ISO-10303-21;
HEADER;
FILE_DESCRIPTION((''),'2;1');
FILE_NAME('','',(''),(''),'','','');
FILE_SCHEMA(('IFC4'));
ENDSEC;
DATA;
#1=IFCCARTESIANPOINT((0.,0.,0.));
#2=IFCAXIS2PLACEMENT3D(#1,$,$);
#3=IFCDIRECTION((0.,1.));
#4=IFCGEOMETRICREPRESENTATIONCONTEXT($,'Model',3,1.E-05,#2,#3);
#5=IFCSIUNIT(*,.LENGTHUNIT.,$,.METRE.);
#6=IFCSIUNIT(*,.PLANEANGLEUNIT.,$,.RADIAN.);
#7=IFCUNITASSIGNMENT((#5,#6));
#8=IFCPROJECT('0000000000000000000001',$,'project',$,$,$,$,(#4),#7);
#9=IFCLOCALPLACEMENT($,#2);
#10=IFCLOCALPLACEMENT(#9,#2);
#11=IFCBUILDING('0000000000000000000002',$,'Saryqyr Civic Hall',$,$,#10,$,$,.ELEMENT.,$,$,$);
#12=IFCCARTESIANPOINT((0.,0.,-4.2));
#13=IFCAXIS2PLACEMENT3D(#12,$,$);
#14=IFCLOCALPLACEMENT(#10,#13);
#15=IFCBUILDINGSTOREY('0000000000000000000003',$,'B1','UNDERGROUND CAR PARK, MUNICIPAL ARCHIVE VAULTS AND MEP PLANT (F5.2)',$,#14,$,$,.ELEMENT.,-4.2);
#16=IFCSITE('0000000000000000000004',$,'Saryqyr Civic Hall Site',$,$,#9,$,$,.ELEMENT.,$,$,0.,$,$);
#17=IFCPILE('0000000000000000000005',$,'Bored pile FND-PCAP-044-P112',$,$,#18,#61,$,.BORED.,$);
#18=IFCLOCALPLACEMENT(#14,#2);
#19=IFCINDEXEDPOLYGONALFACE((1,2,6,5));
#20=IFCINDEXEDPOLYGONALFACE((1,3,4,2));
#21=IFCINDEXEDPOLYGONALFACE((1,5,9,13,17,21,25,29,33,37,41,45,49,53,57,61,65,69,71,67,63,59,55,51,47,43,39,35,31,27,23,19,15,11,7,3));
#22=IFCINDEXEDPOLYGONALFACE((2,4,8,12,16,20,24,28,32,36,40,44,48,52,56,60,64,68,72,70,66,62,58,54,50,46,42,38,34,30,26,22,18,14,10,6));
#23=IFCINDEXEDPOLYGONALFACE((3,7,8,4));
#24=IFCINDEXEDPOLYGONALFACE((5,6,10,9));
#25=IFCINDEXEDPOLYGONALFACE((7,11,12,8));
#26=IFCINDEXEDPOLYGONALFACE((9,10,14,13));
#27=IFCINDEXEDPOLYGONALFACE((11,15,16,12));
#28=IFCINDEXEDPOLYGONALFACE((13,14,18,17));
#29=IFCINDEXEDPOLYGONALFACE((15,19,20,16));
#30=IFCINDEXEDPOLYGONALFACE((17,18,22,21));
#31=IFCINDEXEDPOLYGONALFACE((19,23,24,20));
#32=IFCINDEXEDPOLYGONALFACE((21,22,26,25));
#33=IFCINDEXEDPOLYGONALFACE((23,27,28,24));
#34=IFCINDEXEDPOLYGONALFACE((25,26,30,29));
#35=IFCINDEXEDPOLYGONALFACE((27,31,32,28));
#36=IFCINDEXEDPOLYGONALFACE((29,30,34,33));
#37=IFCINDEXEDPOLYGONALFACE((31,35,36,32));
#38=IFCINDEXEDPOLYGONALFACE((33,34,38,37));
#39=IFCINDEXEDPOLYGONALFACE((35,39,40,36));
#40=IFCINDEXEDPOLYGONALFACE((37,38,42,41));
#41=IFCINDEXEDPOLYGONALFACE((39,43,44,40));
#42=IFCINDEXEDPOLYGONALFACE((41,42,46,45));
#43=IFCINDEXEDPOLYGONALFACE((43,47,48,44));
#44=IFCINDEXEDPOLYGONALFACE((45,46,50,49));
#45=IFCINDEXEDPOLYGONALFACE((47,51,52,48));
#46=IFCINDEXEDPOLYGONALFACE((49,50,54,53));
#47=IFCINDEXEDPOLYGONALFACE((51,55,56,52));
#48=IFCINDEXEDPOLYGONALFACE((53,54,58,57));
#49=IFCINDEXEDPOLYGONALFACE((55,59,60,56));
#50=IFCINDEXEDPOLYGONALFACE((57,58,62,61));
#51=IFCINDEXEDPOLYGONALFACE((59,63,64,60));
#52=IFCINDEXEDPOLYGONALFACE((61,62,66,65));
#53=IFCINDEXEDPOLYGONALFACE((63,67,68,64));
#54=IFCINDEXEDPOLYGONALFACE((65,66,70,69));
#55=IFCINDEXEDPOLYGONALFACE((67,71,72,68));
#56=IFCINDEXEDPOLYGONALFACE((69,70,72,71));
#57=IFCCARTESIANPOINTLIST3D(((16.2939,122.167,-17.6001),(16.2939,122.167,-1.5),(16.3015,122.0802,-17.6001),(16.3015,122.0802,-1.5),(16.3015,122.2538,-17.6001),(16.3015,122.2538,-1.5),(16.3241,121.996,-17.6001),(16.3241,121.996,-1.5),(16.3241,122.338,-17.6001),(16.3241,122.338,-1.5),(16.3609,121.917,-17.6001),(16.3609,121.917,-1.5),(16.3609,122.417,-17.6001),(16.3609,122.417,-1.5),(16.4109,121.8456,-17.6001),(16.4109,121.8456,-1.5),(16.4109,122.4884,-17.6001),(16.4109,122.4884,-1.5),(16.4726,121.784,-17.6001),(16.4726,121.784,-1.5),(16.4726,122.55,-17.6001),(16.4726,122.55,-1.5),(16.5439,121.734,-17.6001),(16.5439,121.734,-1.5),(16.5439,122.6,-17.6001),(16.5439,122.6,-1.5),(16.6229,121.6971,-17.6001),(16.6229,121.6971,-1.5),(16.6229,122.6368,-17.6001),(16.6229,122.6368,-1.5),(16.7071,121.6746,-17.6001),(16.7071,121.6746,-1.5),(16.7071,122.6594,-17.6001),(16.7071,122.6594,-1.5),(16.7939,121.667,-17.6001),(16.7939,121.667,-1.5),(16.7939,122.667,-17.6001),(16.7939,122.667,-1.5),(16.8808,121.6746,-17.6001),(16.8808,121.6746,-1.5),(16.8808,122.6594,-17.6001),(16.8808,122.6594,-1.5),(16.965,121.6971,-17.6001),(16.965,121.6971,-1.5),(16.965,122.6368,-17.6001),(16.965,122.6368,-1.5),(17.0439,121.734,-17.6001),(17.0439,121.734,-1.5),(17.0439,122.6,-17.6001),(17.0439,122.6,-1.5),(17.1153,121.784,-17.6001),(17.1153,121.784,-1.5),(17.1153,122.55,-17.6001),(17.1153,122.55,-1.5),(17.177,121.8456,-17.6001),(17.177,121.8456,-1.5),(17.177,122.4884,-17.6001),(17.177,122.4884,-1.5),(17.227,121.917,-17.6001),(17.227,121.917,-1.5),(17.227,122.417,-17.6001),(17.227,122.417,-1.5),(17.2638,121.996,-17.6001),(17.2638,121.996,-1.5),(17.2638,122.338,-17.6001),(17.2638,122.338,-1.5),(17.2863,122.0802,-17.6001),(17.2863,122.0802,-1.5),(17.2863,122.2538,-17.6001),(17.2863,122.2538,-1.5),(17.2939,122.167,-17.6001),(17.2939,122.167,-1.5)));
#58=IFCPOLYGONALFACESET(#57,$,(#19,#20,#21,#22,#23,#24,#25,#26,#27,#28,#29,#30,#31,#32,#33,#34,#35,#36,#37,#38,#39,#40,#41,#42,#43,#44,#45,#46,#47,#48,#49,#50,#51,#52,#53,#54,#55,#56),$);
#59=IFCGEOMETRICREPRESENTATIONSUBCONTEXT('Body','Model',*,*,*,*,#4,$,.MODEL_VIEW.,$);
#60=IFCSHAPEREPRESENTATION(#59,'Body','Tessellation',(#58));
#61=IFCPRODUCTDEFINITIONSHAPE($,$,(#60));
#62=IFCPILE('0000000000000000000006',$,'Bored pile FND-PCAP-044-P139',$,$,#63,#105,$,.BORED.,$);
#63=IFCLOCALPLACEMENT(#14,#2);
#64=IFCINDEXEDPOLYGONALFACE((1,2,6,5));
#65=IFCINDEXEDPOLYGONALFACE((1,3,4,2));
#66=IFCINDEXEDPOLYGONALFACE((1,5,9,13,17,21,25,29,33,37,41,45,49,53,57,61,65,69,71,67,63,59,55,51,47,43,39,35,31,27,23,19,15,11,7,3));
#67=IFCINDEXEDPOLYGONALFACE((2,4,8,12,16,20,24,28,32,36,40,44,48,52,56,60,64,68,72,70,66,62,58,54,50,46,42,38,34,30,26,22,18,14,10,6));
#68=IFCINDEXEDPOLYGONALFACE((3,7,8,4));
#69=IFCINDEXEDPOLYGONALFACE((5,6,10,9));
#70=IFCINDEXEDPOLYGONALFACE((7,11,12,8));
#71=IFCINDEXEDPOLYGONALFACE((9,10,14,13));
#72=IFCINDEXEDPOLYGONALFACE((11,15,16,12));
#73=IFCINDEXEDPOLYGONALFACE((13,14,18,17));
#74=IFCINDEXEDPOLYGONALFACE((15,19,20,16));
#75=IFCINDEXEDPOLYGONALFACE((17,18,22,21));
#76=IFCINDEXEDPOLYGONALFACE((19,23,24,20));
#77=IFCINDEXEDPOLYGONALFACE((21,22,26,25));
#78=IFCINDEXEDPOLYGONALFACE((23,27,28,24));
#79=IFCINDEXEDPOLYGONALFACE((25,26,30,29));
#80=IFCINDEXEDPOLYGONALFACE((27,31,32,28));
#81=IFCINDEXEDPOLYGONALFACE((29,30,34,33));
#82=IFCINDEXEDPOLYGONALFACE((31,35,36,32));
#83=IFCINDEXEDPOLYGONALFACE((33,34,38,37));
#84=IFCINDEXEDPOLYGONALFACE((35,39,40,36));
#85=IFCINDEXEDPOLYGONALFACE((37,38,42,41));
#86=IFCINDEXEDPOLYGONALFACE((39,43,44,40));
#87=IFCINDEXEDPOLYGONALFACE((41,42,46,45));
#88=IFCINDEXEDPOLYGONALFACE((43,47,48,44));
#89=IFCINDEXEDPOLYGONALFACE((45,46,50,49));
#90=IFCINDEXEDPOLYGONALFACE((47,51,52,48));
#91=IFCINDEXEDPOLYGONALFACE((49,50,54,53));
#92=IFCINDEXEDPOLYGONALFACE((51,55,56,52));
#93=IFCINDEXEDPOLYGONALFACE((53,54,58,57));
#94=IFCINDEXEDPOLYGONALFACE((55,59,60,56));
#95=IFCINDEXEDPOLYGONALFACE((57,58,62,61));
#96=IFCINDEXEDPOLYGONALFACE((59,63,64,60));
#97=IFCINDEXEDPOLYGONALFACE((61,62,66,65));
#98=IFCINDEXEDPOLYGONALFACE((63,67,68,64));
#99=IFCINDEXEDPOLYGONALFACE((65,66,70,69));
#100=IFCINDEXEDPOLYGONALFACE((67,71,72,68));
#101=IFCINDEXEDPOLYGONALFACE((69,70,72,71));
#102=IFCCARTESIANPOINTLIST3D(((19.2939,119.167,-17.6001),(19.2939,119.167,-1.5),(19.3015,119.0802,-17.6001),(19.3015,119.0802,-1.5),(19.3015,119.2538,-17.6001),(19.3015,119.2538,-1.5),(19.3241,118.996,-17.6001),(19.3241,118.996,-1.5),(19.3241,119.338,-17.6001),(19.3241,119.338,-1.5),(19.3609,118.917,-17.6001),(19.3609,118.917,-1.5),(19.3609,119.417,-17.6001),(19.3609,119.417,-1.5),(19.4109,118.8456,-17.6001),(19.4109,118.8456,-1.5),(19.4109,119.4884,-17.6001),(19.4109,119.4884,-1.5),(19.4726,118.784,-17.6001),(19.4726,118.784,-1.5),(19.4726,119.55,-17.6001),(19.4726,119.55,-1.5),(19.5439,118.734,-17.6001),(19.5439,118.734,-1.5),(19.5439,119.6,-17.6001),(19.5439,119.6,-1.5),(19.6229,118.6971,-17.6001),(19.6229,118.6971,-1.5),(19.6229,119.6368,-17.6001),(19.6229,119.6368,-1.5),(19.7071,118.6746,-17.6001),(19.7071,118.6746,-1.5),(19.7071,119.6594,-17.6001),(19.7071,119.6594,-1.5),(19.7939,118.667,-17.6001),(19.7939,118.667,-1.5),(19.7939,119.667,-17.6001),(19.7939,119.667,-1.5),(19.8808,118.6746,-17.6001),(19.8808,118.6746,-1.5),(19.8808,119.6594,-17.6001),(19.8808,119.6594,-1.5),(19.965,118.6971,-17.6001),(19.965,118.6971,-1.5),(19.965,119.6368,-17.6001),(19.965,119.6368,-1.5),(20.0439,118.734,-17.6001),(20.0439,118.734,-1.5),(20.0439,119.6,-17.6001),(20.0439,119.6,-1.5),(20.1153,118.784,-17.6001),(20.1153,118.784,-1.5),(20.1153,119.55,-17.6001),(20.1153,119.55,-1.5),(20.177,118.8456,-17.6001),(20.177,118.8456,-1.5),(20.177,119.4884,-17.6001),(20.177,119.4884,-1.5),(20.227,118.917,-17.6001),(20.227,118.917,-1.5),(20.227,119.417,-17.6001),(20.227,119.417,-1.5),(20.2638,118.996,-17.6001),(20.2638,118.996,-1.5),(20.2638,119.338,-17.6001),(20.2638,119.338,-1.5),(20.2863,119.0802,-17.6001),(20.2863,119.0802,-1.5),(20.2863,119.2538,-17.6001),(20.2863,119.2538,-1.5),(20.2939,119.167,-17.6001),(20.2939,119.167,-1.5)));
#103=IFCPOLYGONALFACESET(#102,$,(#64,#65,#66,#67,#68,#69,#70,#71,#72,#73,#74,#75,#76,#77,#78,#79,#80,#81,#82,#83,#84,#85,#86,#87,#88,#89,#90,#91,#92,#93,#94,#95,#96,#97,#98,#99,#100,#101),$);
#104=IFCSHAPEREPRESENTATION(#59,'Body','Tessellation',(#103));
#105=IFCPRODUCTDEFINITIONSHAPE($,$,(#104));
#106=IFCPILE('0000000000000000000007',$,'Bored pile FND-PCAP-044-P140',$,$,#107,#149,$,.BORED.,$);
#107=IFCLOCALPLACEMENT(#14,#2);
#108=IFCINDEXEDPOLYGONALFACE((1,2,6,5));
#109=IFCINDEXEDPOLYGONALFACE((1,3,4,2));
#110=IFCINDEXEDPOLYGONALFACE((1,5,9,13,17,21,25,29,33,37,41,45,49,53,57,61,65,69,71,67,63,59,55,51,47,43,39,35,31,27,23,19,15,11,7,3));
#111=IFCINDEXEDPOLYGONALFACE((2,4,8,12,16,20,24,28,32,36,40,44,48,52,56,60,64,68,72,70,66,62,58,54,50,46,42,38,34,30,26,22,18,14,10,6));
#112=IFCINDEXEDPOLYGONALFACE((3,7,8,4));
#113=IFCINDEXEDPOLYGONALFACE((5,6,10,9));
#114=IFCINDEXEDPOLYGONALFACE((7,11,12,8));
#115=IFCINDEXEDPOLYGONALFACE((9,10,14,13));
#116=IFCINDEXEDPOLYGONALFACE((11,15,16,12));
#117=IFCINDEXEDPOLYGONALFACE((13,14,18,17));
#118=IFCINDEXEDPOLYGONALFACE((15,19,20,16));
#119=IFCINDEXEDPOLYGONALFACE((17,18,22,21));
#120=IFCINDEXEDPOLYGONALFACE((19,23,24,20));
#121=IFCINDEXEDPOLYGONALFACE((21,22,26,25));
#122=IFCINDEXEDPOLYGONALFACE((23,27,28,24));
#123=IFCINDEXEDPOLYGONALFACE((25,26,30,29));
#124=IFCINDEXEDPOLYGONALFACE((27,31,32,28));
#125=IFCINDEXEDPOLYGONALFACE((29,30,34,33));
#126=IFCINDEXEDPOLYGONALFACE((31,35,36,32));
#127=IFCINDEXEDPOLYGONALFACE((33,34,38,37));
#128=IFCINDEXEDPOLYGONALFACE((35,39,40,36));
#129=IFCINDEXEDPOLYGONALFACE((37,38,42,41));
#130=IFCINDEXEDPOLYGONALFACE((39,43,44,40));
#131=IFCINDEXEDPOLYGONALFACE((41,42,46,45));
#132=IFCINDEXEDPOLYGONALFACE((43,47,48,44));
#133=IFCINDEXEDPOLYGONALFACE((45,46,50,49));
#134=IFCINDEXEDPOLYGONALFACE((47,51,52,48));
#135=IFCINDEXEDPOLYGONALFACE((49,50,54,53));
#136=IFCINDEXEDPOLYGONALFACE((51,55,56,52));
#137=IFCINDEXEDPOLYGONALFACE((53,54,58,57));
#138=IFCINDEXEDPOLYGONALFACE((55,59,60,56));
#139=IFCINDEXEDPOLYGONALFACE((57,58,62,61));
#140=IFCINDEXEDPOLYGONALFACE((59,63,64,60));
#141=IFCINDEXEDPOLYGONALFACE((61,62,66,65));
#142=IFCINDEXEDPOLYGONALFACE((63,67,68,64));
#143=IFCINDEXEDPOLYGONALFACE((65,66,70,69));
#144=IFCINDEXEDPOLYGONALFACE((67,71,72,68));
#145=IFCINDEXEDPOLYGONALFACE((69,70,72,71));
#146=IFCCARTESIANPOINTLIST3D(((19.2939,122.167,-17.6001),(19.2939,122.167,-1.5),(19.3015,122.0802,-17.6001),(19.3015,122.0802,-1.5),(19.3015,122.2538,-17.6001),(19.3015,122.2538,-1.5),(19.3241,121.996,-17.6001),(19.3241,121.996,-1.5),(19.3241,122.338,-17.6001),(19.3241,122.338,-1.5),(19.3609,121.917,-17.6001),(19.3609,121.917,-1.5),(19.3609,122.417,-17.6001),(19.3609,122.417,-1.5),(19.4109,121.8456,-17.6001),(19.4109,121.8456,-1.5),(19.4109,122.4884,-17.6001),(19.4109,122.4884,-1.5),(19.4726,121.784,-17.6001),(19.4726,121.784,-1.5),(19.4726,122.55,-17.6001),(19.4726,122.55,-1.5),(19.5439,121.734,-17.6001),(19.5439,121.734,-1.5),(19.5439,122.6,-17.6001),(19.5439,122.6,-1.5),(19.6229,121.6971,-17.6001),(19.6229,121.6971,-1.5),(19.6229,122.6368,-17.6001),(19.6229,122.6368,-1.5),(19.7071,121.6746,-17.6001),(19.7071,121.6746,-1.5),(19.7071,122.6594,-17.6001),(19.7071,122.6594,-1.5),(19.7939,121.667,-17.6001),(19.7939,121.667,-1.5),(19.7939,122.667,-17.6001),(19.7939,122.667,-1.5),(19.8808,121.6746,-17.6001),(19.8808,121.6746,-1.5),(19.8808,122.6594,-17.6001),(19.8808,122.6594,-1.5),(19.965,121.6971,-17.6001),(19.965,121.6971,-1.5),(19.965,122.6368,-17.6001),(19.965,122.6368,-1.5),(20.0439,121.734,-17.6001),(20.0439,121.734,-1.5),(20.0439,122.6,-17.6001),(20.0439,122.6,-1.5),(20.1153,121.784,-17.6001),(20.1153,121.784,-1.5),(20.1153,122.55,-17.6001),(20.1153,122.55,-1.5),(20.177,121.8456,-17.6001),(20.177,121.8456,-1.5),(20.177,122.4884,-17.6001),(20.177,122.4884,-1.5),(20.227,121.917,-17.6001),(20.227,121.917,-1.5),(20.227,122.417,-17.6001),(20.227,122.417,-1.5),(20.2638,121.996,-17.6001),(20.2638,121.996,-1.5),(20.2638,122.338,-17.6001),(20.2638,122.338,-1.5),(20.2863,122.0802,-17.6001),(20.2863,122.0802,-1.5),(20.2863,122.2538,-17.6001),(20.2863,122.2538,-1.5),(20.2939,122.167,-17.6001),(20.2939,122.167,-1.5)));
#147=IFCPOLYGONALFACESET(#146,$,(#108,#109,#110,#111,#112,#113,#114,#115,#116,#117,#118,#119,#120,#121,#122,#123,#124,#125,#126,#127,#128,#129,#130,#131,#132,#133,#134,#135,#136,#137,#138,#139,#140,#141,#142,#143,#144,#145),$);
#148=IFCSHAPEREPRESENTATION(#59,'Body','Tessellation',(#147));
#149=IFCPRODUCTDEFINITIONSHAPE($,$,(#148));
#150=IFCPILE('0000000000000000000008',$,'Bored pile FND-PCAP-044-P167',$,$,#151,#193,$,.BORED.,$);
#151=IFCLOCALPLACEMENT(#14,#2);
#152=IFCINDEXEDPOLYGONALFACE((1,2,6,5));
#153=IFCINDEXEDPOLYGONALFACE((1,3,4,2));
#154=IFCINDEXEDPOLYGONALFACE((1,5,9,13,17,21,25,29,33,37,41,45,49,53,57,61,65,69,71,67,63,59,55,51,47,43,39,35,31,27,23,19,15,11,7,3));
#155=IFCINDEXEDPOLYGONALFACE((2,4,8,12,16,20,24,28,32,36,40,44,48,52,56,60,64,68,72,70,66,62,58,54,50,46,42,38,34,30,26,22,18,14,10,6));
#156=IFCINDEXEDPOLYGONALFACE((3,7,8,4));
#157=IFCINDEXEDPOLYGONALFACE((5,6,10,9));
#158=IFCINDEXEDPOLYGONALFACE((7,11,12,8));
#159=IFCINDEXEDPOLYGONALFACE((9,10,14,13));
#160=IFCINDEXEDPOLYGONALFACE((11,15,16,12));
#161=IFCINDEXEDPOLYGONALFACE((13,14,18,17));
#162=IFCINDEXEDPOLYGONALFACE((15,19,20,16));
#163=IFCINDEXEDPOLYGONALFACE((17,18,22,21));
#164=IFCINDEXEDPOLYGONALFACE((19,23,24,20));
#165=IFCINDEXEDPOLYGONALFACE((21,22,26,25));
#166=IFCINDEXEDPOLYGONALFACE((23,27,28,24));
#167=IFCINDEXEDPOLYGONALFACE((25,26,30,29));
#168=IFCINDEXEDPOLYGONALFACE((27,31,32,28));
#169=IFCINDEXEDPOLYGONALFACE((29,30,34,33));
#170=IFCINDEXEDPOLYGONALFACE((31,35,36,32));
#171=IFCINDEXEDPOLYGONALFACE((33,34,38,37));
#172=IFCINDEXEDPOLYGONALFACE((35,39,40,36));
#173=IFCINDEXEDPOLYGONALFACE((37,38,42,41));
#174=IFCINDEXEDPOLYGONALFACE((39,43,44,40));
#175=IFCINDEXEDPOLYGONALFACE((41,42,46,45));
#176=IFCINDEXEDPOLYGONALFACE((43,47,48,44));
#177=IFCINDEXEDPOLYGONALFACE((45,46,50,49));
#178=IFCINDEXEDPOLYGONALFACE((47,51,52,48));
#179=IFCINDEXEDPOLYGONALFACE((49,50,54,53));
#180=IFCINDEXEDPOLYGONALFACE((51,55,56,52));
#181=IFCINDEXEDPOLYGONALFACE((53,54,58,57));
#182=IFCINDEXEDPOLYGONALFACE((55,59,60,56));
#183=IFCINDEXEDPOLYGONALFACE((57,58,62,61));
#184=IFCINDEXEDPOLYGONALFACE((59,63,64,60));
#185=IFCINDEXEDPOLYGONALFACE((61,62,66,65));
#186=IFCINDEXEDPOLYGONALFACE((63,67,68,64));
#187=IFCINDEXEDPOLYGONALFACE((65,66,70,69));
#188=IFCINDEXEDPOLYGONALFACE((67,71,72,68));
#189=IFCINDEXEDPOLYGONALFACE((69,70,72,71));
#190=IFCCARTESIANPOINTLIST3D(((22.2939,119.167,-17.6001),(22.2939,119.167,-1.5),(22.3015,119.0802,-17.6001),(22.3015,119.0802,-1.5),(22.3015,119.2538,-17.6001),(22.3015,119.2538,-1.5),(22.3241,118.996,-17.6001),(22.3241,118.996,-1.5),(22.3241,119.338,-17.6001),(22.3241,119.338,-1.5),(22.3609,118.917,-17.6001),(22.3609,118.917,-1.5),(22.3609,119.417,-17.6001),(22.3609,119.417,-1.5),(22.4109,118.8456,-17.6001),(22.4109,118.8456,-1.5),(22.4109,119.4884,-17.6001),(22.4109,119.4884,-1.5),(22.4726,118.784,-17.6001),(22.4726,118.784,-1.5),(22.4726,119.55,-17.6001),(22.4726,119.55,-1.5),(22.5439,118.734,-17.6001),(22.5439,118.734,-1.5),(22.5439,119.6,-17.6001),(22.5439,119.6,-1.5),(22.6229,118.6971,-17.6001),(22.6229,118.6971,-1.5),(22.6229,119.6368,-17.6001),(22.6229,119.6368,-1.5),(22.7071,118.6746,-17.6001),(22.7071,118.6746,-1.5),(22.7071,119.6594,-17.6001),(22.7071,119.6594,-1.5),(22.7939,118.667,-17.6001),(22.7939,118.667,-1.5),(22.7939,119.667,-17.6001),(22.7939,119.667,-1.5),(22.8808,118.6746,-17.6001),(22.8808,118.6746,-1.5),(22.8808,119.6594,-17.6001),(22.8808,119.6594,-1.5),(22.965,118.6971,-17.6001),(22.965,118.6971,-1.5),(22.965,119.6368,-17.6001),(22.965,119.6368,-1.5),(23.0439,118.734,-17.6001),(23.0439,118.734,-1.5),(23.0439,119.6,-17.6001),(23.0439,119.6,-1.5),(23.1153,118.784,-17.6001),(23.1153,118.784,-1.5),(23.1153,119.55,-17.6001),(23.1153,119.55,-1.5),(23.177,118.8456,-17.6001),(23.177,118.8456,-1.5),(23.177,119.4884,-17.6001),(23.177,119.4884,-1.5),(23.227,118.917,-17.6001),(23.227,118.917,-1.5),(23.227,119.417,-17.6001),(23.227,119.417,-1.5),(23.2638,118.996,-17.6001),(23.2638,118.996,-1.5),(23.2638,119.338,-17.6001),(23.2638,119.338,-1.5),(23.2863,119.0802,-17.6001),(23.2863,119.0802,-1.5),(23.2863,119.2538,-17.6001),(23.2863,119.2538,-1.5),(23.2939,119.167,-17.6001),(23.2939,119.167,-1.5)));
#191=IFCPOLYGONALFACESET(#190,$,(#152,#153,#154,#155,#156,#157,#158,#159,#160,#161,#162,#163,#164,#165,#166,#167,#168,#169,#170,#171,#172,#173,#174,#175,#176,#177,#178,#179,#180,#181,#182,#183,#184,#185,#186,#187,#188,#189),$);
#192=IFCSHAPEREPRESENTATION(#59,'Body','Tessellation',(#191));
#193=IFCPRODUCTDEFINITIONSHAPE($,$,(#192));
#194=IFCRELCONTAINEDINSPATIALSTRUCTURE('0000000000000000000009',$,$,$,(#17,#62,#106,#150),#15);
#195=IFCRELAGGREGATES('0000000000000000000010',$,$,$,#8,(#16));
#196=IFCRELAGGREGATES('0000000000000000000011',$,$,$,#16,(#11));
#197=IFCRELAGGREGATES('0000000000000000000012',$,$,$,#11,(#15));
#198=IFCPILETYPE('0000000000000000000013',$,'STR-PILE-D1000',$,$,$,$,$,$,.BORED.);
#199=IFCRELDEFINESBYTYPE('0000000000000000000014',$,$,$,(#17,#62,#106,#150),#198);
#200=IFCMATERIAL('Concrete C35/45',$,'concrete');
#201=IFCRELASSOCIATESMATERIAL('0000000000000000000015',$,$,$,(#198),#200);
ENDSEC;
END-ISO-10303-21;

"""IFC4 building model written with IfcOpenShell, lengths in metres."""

from ifc_helpers import new_model, si_unit, direction, frame, origin, origin_2d, place, context, subcontext, project, spatial, circle, extrude, material, material_profile, profile_set, type_object, element, save


model = new_model("IFC4")

# Units and contexts
model_context = context("Model", 3, precision=1e-05, world=origin(), true_north=direction((0.0, 1.0)))
body_context = subcontext(model_context, "Body", "Model", "MODEL_VIEW")
ifc_project = project(units=[si_unit("LENGTHUNIT", "METRE"), si_unit("PLANEANGLEUNIT", "RADIAN")], contexts=[model_context])

# Site, building, storey
site_placement = place(None, origin())
site = spatial("IfcSite", under=ifc_project, at=site_placement, Name="Saryqyr Civic Hall Site", CompositionType="ELEMENT", RefElevation=0.0)
building_placement = place(site_placement, origin())
building = spatial("IfcBuilding", under=site, at=building_placement, Name="Saryqyr Civic Hall", CompositionType="ELEMENT")
storey_placement = place(building_placement, frame((0.0, 0.0, -4.2)))
storey = spatial("IfcBuildingStorey", under=building, at=storey_placement, Name="B1", Description="UNDERGROUND CAR PARK, MUNICIPAL ARCHIVE VAULTS AND MEP PLANT (F5.2)", CompositionType="ELEMENT", Elevation=-4.2)

# Shared definitions
ifc_material_1 = material(Name="Concrete C35/45", Category="concrete")

# Piles
ifc_material_profile_1 = material_profile(ifc_material_1, circle(Radius=0.5, at=origin_2d()), Name="BORED PILE D1000")
ifc_profile_set_1 = profile_set([ifc_material_profile_1], Name="Concrete C35/45")
pile_type = type_object("IfcPileType", Name="STR-PILE-D1000", PredefinedType="BORED", material=ifc_profile_set_1)
for number, where, z_axis, x_axis, name in (
    (1, (16.7939, 122.167, -1.5), (0.0, 0.0, -1.0), (1.0, 0.0, 0.0), "Bored pile FND-PCAP-044-P112"),
    (2, (19.7939, 119.167, -1.5), (0.0, 0.0, -1.0), (1.0, 0.0, 0.0), "Bored pile FND-PCAP-044-P139"),
    (3, (19.7939, 122.167, -1.5), (0.0, 0.0, -1.0), (1.0, 0.0, 0.0), "Bored pile FND-PCAP-044-P140"),
    (4, (22.7939, 119.167, -1.5), (0.0, 0.0, -1.0), (1.0, 0.0, 0.0), "Bored pile FND-PCAP-044-P167"),
):
    element("IfcPile", number, at=place(storey_placement, frame(where, z_axis=z_axis, x_axis=x_axis)), inside=storey, type_object=pile_type, Name=name, PredefinedType="BORED", context=body_context, shape_type="SweptSolid", body=[
        extrude(circle(Radius=0.5, at=origin_2d()), origin(), (0.0, 0.0, 1.0), 16.1001),
    ])

save(model, "model.ifc")
